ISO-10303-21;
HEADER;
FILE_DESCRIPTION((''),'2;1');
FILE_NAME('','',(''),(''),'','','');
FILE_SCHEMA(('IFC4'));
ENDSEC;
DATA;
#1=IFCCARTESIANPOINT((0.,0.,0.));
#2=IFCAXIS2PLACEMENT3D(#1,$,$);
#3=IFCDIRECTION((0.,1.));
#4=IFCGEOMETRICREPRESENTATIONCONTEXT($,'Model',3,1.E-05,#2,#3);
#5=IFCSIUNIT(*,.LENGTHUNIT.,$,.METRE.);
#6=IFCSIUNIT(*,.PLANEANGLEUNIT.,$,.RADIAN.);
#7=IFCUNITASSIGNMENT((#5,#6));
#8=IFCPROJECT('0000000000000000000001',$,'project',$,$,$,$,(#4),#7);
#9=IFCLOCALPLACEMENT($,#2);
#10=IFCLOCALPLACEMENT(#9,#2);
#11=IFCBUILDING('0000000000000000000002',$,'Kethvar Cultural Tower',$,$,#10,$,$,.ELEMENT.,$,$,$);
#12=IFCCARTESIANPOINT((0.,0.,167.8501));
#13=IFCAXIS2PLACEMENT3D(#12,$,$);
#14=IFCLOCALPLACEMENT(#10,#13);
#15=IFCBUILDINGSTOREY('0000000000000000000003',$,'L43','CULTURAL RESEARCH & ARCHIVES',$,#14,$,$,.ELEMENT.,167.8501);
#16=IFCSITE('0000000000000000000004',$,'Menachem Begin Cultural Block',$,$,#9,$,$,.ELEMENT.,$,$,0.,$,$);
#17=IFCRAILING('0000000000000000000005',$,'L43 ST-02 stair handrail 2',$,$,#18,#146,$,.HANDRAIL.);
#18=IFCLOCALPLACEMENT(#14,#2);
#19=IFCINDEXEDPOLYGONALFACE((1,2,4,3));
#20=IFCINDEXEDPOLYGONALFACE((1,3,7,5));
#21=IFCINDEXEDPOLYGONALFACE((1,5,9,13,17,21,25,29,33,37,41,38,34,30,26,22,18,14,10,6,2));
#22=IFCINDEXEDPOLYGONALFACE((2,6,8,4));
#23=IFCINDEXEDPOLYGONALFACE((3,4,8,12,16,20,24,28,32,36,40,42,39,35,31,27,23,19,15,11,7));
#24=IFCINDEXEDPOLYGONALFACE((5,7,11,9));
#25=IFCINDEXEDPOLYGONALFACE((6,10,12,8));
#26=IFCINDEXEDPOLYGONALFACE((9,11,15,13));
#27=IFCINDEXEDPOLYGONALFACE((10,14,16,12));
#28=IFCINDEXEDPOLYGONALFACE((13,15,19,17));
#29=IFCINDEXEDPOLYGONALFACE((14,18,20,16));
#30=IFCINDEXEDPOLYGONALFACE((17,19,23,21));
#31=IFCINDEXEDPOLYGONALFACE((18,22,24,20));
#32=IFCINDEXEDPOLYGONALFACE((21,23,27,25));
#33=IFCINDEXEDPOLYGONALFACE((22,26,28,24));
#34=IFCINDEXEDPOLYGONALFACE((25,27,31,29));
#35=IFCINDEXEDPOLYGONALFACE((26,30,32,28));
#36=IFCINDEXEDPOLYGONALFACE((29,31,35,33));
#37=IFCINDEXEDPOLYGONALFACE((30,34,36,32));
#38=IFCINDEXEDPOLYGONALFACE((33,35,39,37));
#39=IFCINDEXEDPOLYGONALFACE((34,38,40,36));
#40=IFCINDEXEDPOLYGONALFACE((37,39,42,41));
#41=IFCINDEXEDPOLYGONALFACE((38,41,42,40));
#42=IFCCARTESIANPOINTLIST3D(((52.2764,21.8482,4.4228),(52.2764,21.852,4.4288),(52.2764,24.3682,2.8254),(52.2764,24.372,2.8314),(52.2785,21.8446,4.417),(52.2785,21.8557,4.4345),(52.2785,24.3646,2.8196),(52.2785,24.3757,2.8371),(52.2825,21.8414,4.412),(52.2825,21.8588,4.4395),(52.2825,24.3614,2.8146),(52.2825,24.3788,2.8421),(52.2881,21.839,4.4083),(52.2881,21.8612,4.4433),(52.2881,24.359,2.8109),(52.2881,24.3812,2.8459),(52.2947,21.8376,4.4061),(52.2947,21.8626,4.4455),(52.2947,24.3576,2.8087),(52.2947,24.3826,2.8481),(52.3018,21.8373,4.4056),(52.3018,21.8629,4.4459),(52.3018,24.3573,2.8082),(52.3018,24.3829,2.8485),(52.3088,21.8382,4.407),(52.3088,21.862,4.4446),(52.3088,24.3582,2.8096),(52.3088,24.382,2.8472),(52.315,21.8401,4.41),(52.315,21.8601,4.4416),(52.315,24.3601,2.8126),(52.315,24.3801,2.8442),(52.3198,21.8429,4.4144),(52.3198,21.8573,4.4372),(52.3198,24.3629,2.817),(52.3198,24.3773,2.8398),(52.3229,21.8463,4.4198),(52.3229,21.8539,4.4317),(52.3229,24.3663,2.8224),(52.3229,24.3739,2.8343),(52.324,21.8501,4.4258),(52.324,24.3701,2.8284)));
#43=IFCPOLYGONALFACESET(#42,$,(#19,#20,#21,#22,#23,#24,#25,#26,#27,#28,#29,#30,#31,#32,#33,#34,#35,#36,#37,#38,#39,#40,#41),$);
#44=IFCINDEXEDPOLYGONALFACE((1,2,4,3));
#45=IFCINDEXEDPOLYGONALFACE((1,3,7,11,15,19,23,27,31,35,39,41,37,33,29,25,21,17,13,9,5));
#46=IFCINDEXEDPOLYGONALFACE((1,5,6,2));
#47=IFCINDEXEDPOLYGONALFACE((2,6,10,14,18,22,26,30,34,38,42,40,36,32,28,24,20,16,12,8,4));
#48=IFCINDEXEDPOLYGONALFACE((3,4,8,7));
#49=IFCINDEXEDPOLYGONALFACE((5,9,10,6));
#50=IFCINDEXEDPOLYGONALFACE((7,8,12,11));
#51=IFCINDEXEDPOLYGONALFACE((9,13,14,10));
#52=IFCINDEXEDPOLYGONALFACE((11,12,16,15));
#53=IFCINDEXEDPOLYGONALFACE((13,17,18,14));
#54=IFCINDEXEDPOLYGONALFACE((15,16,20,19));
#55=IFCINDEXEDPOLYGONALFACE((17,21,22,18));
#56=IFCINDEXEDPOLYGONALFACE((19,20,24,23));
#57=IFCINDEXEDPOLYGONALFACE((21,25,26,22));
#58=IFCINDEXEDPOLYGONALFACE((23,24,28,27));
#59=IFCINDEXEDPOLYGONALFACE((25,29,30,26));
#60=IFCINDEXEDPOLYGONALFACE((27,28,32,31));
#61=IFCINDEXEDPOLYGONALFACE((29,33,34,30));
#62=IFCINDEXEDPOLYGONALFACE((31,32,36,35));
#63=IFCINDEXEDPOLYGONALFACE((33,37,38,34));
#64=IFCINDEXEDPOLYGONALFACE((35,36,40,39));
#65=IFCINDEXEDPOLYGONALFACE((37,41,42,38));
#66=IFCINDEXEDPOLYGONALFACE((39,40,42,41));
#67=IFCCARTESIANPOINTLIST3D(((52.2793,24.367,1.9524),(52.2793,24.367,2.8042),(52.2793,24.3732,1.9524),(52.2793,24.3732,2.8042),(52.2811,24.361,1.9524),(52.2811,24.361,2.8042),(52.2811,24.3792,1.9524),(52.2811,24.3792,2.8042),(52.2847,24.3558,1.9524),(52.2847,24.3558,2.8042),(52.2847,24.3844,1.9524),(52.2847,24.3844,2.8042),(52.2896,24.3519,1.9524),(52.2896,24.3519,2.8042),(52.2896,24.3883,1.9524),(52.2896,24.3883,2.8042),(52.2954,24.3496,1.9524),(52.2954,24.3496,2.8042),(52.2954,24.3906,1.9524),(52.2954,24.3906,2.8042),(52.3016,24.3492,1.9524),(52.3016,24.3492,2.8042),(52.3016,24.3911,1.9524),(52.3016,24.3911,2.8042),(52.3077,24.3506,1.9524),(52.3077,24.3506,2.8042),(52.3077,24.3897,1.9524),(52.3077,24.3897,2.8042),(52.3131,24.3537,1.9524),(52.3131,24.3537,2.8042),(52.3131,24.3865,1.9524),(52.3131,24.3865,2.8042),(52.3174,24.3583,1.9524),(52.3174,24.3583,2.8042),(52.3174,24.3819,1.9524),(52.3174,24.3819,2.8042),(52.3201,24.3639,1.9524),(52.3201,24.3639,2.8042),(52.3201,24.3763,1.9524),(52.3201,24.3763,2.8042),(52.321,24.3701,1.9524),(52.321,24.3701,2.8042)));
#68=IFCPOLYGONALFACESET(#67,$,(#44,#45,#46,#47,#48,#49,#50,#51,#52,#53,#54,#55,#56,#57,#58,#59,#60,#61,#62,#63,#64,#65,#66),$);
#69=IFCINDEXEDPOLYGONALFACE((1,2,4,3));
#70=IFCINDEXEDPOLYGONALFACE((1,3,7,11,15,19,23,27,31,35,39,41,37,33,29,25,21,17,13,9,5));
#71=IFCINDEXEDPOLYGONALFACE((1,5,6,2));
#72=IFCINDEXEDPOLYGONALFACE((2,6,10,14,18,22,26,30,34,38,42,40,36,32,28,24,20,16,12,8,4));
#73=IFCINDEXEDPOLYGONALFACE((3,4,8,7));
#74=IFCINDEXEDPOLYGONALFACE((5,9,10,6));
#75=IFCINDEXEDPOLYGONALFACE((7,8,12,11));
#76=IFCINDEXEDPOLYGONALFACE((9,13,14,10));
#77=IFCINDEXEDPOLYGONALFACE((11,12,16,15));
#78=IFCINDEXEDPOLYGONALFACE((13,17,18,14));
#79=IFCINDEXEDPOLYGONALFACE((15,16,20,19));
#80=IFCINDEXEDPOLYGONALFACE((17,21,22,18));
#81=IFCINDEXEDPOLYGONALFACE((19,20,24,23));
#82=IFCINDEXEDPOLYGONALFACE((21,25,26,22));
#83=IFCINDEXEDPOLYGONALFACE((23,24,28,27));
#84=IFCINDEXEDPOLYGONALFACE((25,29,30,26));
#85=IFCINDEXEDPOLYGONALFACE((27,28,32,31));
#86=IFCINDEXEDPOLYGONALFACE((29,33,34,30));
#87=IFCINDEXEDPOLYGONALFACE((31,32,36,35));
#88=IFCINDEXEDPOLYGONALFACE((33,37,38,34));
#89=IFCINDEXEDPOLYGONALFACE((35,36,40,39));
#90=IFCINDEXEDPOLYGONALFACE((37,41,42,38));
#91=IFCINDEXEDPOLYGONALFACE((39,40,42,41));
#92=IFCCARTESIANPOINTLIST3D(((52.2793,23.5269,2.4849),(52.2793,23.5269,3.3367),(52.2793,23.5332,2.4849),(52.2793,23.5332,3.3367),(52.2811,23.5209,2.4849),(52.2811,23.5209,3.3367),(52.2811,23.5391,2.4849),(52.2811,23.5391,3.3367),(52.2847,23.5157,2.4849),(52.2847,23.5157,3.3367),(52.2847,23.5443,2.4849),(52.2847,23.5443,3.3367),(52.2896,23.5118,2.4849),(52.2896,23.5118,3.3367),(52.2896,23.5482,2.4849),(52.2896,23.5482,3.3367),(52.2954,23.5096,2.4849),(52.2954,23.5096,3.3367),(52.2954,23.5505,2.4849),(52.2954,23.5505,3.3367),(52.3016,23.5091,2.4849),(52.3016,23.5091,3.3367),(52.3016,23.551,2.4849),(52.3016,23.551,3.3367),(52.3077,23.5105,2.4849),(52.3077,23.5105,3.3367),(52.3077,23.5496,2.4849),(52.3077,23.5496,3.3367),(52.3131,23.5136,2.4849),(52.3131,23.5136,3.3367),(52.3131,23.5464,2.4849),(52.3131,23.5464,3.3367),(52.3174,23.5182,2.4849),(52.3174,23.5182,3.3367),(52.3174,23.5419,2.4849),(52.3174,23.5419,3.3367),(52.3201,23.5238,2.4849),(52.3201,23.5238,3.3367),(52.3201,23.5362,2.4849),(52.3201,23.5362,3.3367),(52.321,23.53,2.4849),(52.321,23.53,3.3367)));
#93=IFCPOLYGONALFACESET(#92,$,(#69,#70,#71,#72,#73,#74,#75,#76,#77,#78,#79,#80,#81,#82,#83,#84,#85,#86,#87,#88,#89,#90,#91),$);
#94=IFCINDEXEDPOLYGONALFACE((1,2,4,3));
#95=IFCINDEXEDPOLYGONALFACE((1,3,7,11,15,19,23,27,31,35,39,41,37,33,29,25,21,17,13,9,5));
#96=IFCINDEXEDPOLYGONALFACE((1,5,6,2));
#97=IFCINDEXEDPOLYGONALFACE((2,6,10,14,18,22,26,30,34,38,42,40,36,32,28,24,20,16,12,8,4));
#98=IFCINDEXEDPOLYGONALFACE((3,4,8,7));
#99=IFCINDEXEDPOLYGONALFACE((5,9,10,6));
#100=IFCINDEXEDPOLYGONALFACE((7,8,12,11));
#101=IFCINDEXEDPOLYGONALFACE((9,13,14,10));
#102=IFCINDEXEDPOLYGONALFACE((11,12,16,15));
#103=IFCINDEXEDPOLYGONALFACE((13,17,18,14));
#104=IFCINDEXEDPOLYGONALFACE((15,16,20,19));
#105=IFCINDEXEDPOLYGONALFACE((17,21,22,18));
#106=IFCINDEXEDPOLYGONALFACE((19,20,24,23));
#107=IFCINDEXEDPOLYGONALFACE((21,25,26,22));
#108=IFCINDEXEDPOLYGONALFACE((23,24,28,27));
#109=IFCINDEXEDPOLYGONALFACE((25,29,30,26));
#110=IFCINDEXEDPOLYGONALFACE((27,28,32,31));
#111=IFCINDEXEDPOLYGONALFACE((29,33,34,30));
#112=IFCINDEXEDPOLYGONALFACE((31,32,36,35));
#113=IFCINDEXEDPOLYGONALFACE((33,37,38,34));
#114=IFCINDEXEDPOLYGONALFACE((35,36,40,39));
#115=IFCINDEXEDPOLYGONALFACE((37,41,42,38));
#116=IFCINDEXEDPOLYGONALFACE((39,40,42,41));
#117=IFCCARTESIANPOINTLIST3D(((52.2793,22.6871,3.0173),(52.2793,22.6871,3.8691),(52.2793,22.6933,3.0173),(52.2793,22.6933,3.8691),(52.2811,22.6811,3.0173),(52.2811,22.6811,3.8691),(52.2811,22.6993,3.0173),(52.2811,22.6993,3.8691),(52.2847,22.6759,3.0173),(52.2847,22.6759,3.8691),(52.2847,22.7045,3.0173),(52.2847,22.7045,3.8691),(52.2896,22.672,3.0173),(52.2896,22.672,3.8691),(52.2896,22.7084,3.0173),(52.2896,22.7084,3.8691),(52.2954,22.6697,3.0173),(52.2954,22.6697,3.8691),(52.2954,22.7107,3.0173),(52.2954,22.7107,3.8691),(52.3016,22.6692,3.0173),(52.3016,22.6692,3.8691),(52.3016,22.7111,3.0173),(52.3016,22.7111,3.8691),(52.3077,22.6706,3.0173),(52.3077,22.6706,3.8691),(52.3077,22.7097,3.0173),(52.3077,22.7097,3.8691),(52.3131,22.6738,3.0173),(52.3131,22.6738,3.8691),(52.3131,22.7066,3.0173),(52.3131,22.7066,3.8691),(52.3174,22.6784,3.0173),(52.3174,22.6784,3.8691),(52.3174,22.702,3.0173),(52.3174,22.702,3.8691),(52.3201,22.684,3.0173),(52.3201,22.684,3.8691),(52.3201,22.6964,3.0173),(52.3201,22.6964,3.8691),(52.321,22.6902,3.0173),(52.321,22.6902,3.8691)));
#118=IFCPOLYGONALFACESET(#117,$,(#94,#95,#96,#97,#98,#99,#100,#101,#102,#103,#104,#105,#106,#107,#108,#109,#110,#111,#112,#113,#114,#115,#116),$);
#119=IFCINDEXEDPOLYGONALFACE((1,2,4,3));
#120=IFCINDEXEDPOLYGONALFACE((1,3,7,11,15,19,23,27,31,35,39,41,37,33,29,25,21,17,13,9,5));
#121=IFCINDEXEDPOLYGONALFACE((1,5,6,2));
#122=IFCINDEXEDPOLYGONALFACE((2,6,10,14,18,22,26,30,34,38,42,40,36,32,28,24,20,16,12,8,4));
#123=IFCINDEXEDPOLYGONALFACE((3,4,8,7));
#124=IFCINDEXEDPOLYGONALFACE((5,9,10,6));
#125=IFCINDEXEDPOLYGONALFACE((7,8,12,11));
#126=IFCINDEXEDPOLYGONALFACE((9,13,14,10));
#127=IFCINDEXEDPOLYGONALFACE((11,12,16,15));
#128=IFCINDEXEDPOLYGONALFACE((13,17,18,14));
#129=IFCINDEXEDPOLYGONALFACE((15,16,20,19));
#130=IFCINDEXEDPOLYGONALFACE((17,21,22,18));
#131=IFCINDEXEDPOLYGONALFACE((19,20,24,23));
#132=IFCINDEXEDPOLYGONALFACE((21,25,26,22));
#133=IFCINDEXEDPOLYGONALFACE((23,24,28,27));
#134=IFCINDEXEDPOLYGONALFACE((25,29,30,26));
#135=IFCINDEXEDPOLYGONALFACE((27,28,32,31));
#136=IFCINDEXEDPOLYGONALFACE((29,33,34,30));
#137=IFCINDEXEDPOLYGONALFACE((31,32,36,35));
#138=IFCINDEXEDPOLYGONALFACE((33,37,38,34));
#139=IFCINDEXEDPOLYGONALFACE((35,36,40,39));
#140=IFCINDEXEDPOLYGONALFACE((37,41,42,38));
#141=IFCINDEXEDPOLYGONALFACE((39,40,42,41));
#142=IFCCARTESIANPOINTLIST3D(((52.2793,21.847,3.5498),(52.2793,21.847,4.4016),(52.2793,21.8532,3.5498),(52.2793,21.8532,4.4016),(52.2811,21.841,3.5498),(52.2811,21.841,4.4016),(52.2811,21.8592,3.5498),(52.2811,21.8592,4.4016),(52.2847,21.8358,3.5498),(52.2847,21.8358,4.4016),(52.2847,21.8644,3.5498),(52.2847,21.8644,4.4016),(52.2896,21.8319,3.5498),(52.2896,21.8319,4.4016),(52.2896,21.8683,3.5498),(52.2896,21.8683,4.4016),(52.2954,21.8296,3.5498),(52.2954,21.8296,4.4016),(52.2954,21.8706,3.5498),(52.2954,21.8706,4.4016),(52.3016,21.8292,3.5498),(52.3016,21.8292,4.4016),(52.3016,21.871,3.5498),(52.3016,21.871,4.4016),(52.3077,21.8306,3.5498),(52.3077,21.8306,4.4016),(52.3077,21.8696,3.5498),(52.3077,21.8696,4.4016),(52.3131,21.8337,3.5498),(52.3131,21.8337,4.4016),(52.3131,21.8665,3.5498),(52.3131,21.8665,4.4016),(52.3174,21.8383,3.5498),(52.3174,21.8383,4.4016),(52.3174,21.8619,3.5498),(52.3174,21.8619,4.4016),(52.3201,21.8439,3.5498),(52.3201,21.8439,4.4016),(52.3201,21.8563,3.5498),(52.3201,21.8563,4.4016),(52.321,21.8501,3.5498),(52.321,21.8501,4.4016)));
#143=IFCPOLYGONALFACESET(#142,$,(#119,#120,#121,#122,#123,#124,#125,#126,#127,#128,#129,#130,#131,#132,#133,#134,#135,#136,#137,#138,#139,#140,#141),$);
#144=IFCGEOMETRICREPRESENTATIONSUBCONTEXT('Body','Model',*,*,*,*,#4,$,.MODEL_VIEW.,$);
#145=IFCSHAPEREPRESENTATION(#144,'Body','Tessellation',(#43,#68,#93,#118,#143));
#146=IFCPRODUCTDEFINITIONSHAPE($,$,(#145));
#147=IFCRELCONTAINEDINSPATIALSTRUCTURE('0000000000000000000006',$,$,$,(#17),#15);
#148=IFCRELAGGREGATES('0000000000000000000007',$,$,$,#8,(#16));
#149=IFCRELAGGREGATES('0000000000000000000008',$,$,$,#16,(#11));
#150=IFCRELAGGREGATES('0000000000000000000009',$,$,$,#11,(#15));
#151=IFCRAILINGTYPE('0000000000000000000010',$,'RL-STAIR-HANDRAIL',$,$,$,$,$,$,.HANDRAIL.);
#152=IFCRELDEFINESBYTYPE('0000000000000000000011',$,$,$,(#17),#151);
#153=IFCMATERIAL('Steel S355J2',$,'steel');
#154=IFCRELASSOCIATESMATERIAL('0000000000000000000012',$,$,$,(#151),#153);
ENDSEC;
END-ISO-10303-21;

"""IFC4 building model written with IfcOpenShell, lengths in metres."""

from ifc_helpers import new_model, si_unit, direction, frame, origin, origin_2d, place, context, subcontext, project, spatial, circle, extrude, material, type_object, element, save


model = new_model("IFC4")

# Units and contexts
model_context = context("Model", 3, precision=1e-05, world=origin(), true_north=direction((0.0, 1.0)))
body_context = subcontext(model_context, "Body", "Model", "MODEL_VIEW")
ifc_project = project(units=[si_unit("LENGTHUNIT", "METRE"), si_unit("PLANEANGLEUNIT", "RADIAN")], contexts=[model_context])

# Site, building, storey
site_placement = place(None, origin())
site = spatial("IfcSite", under=ifc_project, at=site_placement, Name="Menachem Begin Cultural Block", CompositionType="ELEMENT", RefElevation=0.0)
building_placement = place(site_placement, origin())
building = spatial("IfcBuilding", under=site, at=building_placement, Name="Kethvar Cultural Tower", CompositionType="ELEMENT")
storey_placement = place(building_placement, frame((0.0, 0.0, 167.8501)))
storey = spatial("IfcBuildingStorey", under=building, at=storey_placement, Name="L43", Description="CULTURAL RESEARCH & ARCHIVES", CompositionType="ELEMENT", Elevation=167.8501)

# Shared definitions
ifc_material_1 = material(Name="Steel S355J2", Category="steel")

# Railing
railing_type_1 = type_object("IfcRailingType", Name="RL-STAIR-HANDRAIL", PredefinedType="HANDRAIL", material=ifc_material_1)
railing_1_placement = place(storey_placement, frame((52.3, 24.3701, 1.9524)))
element("IfcRailing", 1, at=railing_1_placement, inside=storey, type_object=railing_type_1, Name="L43 ST-02 stair handrail 2", PredefinedType="HANDRAIL", context=body_context, shape_type="SweptSolid", body=[
    extrude(circle(Radius=0.0239, at=origin_2d()), frame((0.0, 0.0, 0.876), z_axis=(0.0, -0.844607, 0.535387), x_axis=(1.0, 0.0, 0.0)), (0.0, 0.0, 1.0), 2.9836),
    extrude(circle(Radius=0.021, at=origin_2d()), origin(), (0.0, 0.0, 1.0), 0.8518),
    extrude(circle(Radius=0.021, at=origin_2d()), frame((0.0, -0.8401, 0.5325)), (0.0, 0.0, 1.0), 0.8518),
    extrude(circle(Radius=0.021, at=origin_2d()), frame((0.0, -1.6799, 1.0649)), (0.0, 0.0, 1.0), 0.8518),
    extrude(circle(Radius=0.021, at=origin_2d()), frame((0.0, -2.52, 1.5974)), (0.0, 0.0, 1.0), 0.8518),
])

save(model, "model.ifc")
